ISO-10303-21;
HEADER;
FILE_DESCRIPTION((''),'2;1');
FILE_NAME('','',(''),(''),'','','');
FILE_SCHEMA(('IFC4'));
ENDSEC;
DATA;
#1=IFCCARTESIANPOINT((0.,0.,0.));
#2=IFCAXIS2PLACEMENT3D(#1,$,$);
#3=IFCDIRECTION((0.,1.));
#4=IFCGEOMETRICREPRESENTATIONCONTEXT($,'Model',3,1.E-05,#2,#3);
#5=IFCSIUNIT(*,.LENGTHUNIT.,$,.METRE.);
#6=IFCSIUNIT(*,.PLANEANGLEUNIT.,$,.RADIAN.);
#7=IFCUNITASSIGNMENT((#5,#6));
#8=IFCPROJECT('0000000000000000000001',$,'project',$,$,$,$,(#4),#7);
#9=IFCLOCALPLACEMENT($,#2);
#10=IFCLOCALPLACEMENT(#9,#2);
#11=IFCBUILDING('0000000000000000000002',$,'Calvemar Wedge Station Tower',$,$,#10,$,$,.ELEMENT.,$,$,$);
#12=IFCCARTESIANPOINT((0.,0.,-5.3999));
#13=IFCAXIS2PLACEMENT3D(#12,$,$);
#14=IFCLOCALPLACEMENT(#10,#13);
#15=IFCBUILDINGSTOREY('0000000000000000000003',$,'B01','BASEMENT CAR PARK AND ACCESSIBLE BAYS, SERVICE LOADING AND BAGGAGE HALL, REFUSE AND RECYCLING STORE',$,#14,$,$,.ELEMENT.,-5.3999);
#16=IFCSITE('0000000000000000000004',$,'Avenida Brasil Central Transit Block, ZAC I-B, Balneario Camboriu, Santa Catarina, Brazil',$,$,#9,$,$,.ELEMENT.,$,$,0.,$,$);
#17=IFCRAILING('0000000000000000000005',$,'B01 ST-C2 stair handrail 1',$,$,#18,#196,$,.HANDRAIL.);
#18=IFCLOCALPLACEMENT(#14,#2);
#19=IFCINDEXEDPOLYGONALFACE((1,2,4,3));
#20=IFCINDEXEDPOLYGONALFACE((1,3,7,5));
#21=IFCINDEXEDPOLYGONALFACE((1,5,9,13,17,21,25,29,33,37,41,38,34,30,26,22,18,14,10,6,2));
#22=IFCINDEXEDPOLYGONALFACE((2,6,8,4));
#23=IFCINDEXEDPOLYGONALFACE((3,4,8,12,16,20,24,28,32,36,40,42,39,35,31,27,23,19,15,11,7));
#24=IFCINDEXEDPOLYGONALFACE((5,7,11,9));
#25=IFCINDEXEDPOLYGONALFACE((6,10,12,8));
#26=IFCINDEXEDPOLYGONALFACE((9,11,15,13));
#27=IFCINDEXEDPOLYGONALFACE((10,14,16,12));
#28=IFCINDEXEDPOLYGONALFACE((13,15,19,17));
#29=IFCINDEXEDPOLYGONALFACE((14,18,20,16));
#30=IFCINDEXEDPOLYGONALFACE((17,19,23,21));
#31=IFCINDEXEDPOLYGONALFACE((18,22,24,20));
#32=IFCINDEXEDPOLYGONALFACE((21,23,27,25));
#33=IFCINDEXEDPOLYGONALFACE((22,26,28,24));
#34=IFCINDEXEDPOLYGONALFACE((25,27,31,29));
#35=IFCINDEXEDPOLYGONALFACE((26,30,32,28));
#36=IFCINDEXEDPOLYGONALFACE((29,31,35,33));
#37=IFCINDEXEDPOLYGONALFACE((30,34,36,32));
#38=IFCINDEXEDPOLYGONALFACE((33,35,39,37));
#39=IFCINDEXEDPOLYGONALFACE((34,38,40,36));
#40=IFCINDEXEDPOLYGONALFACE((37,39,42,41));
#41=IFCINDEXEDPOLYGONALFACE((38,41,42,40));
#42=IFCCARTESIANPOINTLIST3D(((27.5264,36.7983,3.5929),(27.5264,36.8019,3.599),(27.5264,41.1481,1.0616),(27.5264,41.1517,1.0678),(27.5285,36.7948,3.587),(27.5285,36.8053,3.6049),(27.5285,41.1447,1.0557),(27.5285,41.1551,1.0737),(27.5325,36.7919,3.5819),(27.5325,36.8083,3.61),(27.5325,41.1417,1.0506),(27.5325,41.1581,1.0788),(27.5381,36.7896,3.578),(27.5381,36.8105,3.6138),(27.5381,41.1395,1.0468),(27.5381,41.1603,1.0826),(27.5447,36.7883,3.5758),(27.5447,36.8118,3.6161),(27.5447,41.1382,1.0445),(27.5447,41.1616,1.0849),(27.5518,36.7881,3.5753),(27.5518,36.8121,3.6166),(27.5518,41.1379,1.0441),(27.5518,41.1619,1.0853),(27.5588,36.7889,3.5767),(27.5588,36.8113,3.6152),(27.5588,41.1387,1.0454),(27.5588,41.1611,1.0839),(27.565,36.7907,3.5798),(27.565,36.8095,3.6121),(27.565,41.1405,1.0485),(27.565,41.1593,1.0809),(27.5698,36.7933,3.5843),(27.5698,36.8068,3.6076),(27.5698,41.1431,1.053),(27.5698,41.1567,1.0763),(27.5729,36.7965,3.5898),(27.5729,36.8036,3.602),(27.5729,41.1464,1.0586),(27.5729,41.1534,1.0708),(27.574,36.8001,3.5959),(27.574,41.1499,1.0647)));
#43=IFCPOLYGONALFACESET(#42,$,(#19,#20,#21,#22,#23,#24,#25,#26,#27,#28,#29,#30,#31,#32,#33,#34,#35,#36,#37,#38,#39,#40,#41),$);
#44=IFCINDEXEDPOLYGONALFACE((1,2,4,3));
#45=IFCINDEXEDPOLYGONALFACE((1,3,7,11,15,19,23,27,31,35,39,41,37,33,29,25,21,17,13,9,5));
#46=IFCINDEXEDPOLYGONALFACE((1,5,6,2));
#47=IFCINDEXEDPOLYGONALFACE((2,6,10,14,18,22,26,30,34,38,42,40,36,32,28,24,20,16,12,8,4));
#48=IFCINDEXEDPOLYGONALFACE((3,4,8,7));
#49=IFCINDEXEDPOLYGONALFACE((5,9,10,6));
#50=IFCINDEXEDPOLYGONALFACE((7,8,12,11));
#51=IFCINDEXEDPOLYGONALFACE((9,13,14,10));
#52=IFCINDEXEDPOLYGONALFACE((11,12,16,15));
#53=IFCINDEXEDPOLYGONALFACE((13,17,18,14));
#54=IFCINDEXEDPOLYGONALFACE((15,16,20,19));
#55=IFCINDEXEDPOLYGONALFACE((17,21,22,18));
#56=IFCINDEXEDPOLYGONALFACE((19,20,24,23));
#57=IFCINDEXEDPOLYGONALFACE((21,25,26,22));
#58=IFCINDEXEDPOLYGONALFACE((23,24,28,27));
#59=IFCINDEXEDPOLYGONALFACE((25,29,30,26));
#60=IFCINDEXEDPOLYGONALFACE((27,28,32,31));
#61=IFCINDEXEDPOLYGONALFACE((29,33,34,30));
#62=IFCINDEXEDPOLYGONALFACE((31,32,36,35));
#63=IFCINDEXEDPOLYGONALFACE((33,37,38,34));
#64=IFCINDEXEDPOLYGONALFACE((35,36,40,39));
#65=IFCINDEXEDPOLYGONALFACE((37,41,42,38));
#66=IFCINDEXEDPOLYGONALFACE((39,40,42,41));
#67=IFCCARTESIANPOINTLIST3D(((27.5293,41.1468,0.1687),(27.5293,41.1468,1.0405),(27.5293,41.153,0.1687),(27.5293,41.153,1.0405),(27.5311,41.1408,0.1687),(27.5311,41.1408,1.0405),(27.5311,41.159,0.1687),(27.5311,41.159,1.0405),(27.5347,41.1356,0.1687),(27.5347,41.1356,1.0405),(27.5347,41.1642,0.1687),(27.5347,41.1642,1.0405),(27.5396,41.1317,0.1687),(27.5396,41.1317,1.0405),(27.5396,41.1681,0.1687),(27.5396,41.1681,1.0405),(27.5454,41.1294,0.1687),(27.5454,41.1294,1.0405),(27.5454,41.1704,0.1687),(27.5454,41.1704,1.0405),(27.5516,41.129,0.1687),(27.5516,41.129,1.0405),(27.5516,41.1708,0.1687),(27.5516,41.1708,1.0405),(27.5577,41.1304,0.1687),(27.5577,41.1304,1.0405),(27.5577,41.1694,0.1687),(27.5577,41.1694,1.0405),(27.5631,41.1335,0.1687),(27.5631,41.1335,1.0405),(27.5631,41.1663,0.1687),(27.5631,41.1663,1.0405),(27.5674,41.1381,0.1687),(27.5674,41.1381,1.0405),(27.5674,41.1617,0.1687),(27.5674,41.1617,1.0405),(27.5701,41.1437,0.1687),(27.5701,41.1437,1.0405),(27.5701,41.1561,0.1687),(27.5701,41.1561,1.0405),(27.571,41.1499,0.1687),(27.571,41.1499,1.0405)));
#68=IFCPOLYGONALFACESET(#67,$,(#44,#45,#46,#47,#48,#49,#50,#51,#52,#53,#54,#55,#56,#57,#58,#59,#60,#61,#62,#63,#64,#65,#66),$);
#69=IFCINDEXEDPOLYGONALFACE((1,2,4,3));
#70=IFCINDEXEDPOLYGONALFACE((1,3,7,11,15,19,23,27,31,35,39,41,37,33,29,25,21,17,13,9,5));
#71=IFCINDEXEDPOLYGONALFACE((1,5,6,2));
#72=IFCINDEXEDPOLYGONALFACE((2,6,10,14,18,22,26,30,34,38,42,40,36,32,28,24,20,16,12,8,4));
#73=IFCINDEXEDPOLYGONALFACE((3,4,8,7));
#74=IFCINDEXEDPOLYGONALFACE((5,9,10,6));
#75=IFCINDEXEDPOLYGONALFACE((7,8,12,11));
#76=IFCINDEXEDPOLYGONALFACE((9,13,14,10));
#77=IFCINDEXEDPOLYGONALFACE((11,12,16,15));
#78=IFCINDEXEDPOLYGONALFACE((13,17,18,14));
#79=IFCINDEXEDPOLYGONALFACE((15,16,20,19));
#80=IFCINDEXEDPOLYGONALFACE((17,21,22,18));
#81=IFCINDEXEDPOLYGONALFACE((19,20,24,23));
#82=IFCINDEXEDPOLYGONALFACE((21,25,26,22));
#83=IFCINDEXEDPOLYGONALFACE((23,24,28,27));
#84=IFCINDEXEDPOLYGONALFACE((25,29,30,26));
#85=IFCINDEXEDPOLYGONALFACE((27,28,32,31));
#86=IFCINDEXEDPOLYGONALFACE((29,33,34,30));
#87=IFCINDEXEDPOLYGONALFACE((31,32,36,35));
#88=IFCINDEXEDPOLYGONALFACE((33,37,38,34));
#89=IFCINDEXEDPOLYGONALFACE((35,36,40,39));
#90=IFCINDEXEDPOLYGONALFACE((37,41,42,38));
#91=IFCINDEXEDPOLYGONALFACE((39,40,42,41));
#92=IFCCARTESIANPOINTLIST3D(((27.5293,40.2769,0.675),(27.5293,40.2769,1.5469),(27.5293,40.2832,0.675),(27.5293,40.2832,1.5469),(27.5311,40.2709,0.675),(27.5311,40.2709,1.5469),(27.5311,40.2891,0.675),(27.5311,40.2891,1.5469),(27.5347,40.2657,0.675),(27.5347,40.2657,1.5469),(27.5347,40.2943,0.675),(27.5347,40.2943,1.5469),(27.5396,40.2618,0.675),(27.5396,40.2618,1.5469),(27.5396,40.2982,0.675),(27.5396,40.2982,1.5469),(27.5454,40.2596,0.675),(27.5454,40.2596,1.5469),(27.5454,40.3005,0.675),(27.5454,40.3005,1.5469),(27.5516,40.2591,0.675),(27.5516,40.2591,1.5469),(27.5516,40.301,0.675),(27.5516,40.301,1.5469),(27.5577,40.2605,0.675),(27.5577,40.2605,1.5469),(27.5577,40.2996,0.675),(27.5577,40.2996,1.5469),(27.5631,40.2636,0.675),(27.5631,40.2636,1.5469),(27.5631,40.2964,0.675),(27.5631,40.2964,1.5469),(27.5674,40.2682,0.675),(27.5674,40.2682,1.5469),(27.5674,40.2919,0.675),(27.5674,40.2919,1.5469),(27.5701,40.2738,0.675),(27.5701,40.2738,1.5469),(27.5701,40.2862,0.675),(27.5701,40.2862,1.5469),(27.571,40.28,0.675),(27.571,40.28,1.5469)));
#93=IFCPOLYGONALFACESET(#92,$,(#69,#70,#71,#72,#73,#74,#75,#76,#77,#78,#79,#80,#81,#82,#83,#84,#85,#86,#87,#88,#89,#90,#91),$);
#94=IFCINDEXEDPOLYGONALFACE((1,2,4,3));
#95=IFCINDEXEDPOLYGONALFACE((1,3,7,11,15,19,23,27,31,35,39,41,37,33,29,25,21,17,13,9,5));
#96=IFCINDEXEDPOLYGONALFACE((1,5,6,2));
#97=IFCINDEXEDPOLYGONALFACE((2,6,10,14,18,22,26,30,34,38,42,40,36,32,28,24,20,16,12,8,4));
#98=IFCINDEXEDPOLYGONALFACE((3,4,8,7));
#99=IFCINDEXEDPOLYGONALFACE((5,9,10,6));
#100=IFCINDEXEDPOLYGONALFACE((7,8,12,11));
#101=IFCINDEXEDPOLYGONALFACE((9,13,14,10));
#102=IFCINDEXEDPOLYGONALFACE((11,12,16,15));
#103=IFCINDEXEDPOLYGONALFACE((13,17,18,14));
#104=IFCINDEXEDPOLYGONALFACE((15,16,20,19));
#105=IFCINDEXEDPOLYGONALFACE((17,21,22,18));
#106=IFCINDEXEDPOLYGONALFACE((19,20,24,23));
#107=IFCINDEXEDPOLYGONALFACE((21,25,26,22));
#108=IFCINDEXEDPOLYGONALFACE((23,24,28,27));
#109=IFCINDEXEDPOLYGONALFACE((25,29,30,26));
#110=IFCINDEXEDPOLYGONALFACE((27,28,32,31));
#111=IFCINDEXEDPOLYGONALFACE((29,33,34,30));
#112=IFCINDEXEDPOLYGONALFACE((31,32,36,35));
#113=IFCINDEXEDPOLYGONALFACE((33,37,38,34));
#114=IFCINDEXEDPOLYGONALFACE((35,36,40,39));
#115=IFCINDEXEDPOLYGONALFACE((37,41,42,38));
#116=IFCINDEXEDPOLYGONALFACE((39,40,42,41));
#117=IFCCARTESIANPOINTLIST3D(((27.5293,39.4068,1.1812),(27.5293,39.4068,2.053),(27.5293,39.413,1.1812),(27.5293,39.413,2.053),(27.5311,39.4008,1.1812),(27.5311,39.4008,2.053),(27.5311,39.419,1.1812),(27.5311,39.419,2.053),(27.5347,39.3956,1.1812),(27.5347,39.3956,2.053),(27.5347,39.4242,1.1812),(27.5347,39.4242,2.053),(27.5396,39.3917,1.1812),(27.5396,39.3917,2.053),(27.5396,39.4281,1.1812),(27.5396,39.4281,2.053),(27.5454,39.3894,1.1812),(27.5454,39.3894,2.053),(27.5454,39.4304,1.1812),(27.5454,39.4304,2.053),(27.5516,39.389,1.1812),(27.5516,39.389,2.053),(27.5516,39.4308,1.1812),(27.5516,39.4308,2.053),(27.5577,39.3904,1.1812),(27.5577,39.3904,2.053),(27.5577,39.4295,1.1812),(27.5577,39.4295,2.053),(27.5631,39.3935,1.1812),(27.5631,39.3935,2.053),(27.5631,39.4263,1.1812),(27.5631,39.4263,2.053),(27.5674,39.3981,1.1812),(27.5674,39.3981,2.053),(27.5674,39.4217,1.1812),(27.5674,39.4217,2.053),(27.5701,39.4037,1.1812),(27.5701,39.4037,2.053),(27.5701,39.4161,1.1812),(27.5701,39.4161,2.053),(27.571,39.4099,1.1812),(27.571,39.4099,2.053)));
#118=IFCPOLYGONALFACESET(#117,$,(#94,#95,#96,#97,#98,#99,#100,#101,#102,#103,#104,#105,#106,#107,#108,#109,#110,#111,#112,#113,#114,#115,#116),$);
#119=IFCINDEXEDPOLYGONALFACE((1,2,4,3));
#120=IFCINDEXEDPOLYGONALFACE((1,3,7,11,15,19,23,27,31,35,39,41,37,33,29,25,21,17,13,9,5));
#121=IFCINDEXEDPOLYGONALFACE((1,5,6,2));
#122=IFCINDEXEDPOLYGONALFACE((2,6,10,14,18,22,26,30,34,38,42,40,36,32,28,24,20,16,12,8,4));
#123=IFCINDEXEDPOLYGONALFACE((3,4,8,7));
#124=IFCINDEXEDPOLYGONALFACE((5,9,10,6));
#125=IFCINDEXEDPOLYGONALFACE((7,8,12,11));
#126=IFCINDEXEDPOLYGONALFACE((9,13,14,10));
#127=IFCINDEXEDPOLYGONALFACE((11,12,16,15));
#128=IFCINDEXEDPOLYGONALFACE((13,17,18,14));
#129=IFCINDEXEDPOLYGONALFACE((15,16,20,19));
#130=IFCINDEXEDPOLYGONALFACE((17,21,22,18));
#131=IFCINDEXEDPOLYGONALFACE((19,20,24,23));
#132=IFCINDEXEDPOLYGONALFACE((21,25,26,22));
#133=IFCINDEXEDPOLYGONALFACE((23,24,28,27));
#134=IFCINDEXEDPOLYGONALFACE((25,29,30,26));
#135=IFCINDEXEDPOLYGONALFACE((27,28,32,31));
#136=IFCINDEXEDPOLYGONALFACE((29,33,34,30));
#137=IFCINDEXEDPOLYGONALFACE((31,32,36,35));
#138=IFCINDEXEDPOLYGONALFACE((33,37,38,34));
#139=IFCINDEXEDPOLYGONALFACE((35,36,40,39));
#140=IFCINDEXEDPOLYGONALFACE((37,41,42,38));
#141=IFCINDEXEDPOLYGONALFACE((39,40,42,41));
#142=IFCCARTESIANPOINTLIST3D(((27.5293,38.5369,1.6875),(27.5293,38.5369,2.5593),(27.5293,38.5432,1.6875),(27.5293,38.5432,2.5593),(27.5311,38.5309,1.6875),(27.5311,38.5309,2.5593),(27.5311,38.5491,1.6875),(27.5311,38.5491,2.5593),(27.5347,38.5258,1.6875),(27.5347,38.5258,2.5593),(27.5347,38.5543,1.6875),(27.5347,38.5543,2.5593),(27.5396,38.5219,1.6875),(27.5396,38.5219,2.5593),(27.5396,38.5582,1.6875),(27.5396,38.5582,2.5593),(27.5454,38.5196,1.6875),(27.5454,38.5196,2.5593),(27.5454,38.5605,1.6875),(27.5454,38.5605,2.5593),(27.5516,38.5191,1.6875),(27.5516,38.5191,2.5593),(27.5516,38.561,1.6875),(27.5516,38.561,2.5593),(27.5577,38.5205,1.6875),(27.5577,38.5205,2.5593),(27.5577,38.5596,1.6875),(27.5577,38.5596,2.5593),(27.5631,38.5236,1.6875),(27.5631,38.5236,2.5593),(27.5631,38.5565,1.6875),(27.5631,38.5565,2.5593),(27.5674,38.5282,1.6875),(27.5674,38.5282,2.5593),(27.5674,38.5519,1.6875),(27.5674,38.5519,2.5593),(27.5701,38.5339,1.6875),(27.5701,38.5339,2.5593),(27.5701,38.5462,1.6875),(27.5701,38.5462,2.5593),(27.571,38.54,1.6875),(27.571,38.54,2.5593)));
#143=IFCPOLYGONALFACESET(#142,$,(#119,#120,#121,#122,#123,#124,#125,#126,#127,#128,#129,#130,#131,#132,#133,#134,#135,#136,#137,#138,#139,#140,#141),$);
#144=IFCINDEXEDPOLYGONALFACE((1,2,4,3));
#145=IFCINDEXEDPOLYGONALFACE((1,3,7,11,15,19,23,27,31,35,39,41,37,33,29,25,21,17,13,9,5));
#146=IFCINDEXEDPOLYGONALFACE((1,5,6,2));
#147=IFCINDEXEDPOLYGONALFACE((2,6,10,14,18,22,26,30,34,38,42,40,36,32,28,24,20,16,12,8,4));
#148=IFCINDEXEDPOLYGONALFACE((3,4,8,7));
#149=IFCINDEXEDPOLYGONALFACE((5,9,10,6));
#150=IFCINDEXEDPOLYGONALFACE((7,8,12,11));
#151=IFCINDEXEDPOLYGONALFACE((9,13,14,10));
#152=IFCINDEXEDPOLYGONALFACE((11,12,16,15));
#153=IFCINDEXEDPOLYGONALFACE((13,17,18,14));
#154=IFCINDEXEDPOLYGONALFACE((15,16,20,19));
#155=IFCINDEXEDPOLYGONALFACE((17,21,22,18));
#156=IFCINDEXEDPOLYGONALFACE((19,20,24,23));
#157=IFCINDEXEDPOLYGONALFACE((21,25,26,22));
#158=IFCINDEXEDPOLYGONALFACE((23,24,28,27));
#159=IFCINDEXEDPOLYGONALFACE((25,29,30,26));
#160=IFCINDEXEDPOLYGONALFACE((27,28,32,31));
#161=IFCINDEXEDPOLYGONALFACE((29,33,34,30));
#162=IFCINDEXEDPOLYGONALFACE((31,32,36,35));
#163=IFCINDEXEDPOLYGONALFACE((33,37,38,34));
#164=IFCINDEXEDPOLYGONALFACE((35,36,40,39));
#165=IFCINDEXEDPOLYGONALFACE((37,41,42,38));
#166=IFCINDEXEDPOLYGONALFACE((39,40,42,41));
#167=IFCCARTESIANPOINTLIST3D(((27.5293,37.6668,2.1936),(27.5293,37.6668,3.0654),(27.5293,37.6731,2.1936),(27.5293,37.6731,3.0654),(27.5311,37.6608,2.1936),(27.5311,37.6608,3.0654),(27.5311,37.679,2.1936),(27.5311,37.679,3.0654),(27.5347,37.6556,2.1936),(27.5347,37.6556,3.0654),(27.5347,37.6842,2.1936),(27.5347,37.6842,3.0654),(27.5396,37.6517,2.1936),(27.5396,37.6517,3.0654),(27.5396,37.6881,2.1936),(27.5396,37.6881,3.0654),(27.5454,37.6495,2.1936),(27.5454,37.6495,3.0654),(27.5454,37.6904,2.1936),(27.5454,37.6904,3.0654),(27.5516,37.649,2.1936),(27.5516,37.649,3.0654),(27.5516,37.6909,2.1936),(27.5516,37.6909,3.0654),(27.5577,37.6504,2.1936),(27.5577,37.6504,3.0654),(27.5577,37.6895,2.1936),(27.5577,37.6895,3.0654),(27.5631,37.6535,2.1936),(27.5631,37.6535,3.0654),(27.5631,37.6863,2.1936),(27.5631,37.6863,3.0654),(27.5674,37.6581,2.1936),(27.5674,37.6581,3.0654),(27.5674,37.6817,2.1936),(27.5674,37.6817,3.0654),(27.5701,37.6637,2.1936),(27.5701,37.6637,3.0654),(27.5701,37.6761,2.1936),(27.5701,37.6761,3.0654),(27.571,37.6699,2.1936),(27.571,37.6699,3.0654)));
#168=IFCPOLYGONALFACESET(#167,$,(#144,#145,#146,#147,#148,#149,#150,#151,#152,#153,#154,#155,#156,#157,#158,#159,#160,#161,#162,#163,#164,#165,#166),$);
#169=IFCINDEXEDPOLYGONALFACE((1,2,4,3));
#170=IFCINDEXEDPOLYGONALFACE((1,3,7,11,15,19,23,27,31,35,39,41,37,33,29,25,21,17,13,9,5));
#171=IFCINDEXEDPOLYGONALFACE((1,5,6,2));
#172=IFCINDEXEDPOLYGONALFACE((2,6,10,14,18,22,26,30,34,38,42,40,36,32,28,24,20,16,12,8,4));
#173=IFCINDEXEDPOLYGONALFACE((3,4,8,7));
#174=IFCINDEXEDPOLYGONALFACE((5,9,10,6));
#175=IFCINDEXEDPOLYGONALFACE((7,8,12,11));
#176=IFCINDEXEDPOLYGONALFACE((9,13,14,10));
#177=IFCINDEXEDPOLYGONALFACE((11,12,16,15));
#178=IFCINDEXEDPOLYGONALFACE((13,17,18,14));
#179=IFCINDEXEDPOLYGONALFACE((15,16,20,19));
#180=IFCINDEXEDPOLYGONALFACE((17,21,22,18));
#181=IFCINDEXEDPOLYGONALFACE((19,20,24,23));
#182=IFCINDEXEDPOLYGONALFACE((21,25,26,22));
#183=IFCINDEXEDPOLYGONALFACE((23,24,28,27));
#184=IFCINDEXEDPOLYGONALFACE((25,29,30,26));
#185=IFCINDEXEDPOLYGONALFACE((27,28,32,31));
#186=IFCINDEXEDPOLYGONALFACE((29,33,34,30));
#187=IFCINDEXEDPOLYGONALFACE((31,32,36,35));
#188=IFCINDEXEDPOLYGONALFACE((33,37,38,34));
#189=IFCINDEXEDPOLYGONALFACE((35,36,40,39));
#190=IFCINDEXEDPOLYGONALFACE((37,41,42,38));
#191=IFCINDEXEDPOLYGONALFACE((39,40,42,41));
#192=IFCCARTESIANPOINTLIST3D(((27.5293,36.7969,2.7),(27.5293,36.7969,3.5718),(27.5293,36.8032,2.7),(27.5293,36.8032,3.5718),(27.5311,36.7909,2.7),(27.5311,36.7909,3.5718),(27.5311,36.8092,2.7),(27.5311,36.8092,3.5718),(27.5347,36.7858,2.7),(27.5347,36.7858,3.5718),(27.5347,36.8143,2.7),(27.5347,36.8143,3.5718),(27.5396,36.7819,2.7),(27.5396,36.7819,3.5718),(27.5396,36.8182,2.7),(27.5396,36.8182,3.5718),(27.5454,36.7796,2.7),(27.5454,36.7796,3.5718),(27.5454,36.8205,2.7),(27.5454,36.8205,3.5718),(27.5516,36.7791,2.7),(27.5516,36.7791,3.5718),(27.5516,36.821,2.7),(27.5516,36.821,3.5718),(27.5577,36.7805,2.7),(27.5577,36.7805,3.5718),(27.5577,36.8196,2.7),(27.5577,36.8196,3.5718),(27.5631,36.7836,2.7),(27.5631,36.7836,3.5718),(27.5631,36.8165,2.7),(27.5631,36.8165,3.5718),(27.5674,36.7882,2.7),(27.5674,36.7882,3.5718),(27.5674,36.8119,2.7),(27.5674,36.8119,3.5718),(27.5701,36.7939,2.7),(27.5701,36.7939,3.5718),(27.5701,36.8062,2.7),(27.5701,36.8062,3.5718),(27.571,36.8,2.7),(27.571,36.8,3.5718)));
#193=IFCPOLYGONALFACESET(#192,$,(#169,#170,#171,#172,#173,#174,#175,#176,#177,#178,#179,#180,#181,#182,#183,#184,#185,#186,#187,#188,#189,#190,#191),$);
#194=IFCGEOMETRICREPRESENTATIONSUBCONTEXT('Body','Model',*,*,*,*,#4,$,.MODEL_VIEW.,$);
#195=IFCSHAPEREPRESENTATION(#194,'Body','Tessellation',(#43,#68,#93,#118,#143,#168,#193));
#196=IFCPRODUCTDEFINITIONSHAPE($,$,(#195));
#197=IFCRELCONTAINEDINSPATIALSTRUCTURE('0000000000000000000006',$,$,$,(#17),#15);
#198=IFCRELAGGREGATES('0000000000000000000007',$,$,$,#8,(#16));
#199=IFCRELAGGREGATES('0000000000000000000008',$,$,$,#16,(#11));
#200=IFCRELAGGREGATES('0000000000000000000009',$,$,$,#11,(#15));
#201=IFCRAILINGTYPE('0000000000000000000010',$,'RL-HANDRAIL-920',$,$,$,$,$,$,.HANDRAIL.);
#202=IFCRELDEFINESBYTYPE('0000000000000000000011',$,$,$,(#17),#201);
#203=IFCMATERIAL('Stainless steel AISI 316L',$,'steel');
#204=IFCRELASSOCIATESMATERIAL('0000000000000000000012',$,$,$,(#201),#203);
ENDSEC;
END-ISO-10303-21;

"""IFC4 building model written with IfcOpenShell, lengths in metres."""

from ifc_helpers import new_model, si_unit, direction, frame, origin, origin_2d, place, context, subcontext, project, spatial, circle, extrude, material, type_object, element, save


model = new_model("IFC4")

# Units and contexts
model_context = context("Model", 3, precision=1e-05, world=origin(), true_north=direction((0.0, 1.0)))
body_context = subcontext(model_context, "Body", "Model", "MODEL_VIEW")
ifc_project = project(units=[si_unit("LENGTHUNIT", "METRE"), si_unit("PLANEANGLEUNIT", "RADIAN")], contexts=[model_context])

# Site, building, storey
site_placement = place(None, origin())
site = spatial("IfcSite", under=ifc_project, at=site_placement, Name="Avenida Brasil Central Transit Block, ZAC I-B, Balneario Camboriu, Santa Catarina, Brazil", CompositionType="ELEMENT", RefElevation=0.0)
building_placement = place(site_placement, origin())
building = spatial("IfcBuilding", under=site, at=building_placement, Name="Calvemar Wedge Station Tower", CompositionType="ELEMENT")
storey_placement = place(building_placement, frame((0.0, 0.0, -5.3999)))
storey = spatial("IfcBuildingStorey", under=building, at=storey_placement, Name="B01", Description="BASEMENT CAR PARK AND ACCESSIBLE BAYS, SERVICE LOADING AND BAGGAGE HALL, REFUSE AND RECYCLING STORE", CompositionType="ELEMENT", Elevation=-5.3999)

# Railing
ifc_material_1 = material(Name="Stainless steel AISI 316L", Category="steel")
railing_type_1 = type_object("IfcRailingType", Name="RL-HANDRAIL-920", PredefinedType="HANDRAIL", material=ifc_material_1)
railing_1_placement = place(storey_placement, frame((27.55, 41.1499, 0.1687)))
element("IfcRailing", 1, at=railing_1_placement, inside=storey, type_object=railing_type_1, Name="B01 ST-C2 stair handrail 1", PredefinedType="HANDRAIL", context=body_context, shape_type="SweptSolid", body=[
    extrude(circle(Radius=0.0239, at=origin_2d()), frame((0.0, 0.0, 0.896), z_axis=(0.0, -0.864312, 0.502957), x_axis=(1.0, 0.0, 0.0)), (0.0, 0.0, 1.0), 5.0327),
    extrude(circle(Radius=0.021, at=origin_2d()), origin(), (0.0, 0.0, 1.0), 0.8718),
    extrude(circle(Radius=0.021, at=origin_2d()), frame((0.0, -0.8699, 0.5063)), (0.0, 0.0, 1.0), 0.8718),
    extrude(circle(Radius=0.021, at=origin_2d()), frame((0.0, -1.74, 1.0125)), (0.0, 0.0, 1.0), 0.8718),
    extrude(circle(Radius=0.021, at=origin_2d()), frame((0.0, -2.6099, 1.5188)), (0.0, 0.0, 1.0), 0.8718),
    extrude(circle(Radius=0.021, at=origin_2d()), frame((0.0, -3.48, 2.0249)), (0.0, 0.0, 1.0), 0.8718),
    extrude(circle(Radius=0.021, at=origin_2d()), frame((0.0, -4.3499, 2.5312)), (0.0, 0.0, 1.0), 0.8718),
])

save(model, "model.ifc")
